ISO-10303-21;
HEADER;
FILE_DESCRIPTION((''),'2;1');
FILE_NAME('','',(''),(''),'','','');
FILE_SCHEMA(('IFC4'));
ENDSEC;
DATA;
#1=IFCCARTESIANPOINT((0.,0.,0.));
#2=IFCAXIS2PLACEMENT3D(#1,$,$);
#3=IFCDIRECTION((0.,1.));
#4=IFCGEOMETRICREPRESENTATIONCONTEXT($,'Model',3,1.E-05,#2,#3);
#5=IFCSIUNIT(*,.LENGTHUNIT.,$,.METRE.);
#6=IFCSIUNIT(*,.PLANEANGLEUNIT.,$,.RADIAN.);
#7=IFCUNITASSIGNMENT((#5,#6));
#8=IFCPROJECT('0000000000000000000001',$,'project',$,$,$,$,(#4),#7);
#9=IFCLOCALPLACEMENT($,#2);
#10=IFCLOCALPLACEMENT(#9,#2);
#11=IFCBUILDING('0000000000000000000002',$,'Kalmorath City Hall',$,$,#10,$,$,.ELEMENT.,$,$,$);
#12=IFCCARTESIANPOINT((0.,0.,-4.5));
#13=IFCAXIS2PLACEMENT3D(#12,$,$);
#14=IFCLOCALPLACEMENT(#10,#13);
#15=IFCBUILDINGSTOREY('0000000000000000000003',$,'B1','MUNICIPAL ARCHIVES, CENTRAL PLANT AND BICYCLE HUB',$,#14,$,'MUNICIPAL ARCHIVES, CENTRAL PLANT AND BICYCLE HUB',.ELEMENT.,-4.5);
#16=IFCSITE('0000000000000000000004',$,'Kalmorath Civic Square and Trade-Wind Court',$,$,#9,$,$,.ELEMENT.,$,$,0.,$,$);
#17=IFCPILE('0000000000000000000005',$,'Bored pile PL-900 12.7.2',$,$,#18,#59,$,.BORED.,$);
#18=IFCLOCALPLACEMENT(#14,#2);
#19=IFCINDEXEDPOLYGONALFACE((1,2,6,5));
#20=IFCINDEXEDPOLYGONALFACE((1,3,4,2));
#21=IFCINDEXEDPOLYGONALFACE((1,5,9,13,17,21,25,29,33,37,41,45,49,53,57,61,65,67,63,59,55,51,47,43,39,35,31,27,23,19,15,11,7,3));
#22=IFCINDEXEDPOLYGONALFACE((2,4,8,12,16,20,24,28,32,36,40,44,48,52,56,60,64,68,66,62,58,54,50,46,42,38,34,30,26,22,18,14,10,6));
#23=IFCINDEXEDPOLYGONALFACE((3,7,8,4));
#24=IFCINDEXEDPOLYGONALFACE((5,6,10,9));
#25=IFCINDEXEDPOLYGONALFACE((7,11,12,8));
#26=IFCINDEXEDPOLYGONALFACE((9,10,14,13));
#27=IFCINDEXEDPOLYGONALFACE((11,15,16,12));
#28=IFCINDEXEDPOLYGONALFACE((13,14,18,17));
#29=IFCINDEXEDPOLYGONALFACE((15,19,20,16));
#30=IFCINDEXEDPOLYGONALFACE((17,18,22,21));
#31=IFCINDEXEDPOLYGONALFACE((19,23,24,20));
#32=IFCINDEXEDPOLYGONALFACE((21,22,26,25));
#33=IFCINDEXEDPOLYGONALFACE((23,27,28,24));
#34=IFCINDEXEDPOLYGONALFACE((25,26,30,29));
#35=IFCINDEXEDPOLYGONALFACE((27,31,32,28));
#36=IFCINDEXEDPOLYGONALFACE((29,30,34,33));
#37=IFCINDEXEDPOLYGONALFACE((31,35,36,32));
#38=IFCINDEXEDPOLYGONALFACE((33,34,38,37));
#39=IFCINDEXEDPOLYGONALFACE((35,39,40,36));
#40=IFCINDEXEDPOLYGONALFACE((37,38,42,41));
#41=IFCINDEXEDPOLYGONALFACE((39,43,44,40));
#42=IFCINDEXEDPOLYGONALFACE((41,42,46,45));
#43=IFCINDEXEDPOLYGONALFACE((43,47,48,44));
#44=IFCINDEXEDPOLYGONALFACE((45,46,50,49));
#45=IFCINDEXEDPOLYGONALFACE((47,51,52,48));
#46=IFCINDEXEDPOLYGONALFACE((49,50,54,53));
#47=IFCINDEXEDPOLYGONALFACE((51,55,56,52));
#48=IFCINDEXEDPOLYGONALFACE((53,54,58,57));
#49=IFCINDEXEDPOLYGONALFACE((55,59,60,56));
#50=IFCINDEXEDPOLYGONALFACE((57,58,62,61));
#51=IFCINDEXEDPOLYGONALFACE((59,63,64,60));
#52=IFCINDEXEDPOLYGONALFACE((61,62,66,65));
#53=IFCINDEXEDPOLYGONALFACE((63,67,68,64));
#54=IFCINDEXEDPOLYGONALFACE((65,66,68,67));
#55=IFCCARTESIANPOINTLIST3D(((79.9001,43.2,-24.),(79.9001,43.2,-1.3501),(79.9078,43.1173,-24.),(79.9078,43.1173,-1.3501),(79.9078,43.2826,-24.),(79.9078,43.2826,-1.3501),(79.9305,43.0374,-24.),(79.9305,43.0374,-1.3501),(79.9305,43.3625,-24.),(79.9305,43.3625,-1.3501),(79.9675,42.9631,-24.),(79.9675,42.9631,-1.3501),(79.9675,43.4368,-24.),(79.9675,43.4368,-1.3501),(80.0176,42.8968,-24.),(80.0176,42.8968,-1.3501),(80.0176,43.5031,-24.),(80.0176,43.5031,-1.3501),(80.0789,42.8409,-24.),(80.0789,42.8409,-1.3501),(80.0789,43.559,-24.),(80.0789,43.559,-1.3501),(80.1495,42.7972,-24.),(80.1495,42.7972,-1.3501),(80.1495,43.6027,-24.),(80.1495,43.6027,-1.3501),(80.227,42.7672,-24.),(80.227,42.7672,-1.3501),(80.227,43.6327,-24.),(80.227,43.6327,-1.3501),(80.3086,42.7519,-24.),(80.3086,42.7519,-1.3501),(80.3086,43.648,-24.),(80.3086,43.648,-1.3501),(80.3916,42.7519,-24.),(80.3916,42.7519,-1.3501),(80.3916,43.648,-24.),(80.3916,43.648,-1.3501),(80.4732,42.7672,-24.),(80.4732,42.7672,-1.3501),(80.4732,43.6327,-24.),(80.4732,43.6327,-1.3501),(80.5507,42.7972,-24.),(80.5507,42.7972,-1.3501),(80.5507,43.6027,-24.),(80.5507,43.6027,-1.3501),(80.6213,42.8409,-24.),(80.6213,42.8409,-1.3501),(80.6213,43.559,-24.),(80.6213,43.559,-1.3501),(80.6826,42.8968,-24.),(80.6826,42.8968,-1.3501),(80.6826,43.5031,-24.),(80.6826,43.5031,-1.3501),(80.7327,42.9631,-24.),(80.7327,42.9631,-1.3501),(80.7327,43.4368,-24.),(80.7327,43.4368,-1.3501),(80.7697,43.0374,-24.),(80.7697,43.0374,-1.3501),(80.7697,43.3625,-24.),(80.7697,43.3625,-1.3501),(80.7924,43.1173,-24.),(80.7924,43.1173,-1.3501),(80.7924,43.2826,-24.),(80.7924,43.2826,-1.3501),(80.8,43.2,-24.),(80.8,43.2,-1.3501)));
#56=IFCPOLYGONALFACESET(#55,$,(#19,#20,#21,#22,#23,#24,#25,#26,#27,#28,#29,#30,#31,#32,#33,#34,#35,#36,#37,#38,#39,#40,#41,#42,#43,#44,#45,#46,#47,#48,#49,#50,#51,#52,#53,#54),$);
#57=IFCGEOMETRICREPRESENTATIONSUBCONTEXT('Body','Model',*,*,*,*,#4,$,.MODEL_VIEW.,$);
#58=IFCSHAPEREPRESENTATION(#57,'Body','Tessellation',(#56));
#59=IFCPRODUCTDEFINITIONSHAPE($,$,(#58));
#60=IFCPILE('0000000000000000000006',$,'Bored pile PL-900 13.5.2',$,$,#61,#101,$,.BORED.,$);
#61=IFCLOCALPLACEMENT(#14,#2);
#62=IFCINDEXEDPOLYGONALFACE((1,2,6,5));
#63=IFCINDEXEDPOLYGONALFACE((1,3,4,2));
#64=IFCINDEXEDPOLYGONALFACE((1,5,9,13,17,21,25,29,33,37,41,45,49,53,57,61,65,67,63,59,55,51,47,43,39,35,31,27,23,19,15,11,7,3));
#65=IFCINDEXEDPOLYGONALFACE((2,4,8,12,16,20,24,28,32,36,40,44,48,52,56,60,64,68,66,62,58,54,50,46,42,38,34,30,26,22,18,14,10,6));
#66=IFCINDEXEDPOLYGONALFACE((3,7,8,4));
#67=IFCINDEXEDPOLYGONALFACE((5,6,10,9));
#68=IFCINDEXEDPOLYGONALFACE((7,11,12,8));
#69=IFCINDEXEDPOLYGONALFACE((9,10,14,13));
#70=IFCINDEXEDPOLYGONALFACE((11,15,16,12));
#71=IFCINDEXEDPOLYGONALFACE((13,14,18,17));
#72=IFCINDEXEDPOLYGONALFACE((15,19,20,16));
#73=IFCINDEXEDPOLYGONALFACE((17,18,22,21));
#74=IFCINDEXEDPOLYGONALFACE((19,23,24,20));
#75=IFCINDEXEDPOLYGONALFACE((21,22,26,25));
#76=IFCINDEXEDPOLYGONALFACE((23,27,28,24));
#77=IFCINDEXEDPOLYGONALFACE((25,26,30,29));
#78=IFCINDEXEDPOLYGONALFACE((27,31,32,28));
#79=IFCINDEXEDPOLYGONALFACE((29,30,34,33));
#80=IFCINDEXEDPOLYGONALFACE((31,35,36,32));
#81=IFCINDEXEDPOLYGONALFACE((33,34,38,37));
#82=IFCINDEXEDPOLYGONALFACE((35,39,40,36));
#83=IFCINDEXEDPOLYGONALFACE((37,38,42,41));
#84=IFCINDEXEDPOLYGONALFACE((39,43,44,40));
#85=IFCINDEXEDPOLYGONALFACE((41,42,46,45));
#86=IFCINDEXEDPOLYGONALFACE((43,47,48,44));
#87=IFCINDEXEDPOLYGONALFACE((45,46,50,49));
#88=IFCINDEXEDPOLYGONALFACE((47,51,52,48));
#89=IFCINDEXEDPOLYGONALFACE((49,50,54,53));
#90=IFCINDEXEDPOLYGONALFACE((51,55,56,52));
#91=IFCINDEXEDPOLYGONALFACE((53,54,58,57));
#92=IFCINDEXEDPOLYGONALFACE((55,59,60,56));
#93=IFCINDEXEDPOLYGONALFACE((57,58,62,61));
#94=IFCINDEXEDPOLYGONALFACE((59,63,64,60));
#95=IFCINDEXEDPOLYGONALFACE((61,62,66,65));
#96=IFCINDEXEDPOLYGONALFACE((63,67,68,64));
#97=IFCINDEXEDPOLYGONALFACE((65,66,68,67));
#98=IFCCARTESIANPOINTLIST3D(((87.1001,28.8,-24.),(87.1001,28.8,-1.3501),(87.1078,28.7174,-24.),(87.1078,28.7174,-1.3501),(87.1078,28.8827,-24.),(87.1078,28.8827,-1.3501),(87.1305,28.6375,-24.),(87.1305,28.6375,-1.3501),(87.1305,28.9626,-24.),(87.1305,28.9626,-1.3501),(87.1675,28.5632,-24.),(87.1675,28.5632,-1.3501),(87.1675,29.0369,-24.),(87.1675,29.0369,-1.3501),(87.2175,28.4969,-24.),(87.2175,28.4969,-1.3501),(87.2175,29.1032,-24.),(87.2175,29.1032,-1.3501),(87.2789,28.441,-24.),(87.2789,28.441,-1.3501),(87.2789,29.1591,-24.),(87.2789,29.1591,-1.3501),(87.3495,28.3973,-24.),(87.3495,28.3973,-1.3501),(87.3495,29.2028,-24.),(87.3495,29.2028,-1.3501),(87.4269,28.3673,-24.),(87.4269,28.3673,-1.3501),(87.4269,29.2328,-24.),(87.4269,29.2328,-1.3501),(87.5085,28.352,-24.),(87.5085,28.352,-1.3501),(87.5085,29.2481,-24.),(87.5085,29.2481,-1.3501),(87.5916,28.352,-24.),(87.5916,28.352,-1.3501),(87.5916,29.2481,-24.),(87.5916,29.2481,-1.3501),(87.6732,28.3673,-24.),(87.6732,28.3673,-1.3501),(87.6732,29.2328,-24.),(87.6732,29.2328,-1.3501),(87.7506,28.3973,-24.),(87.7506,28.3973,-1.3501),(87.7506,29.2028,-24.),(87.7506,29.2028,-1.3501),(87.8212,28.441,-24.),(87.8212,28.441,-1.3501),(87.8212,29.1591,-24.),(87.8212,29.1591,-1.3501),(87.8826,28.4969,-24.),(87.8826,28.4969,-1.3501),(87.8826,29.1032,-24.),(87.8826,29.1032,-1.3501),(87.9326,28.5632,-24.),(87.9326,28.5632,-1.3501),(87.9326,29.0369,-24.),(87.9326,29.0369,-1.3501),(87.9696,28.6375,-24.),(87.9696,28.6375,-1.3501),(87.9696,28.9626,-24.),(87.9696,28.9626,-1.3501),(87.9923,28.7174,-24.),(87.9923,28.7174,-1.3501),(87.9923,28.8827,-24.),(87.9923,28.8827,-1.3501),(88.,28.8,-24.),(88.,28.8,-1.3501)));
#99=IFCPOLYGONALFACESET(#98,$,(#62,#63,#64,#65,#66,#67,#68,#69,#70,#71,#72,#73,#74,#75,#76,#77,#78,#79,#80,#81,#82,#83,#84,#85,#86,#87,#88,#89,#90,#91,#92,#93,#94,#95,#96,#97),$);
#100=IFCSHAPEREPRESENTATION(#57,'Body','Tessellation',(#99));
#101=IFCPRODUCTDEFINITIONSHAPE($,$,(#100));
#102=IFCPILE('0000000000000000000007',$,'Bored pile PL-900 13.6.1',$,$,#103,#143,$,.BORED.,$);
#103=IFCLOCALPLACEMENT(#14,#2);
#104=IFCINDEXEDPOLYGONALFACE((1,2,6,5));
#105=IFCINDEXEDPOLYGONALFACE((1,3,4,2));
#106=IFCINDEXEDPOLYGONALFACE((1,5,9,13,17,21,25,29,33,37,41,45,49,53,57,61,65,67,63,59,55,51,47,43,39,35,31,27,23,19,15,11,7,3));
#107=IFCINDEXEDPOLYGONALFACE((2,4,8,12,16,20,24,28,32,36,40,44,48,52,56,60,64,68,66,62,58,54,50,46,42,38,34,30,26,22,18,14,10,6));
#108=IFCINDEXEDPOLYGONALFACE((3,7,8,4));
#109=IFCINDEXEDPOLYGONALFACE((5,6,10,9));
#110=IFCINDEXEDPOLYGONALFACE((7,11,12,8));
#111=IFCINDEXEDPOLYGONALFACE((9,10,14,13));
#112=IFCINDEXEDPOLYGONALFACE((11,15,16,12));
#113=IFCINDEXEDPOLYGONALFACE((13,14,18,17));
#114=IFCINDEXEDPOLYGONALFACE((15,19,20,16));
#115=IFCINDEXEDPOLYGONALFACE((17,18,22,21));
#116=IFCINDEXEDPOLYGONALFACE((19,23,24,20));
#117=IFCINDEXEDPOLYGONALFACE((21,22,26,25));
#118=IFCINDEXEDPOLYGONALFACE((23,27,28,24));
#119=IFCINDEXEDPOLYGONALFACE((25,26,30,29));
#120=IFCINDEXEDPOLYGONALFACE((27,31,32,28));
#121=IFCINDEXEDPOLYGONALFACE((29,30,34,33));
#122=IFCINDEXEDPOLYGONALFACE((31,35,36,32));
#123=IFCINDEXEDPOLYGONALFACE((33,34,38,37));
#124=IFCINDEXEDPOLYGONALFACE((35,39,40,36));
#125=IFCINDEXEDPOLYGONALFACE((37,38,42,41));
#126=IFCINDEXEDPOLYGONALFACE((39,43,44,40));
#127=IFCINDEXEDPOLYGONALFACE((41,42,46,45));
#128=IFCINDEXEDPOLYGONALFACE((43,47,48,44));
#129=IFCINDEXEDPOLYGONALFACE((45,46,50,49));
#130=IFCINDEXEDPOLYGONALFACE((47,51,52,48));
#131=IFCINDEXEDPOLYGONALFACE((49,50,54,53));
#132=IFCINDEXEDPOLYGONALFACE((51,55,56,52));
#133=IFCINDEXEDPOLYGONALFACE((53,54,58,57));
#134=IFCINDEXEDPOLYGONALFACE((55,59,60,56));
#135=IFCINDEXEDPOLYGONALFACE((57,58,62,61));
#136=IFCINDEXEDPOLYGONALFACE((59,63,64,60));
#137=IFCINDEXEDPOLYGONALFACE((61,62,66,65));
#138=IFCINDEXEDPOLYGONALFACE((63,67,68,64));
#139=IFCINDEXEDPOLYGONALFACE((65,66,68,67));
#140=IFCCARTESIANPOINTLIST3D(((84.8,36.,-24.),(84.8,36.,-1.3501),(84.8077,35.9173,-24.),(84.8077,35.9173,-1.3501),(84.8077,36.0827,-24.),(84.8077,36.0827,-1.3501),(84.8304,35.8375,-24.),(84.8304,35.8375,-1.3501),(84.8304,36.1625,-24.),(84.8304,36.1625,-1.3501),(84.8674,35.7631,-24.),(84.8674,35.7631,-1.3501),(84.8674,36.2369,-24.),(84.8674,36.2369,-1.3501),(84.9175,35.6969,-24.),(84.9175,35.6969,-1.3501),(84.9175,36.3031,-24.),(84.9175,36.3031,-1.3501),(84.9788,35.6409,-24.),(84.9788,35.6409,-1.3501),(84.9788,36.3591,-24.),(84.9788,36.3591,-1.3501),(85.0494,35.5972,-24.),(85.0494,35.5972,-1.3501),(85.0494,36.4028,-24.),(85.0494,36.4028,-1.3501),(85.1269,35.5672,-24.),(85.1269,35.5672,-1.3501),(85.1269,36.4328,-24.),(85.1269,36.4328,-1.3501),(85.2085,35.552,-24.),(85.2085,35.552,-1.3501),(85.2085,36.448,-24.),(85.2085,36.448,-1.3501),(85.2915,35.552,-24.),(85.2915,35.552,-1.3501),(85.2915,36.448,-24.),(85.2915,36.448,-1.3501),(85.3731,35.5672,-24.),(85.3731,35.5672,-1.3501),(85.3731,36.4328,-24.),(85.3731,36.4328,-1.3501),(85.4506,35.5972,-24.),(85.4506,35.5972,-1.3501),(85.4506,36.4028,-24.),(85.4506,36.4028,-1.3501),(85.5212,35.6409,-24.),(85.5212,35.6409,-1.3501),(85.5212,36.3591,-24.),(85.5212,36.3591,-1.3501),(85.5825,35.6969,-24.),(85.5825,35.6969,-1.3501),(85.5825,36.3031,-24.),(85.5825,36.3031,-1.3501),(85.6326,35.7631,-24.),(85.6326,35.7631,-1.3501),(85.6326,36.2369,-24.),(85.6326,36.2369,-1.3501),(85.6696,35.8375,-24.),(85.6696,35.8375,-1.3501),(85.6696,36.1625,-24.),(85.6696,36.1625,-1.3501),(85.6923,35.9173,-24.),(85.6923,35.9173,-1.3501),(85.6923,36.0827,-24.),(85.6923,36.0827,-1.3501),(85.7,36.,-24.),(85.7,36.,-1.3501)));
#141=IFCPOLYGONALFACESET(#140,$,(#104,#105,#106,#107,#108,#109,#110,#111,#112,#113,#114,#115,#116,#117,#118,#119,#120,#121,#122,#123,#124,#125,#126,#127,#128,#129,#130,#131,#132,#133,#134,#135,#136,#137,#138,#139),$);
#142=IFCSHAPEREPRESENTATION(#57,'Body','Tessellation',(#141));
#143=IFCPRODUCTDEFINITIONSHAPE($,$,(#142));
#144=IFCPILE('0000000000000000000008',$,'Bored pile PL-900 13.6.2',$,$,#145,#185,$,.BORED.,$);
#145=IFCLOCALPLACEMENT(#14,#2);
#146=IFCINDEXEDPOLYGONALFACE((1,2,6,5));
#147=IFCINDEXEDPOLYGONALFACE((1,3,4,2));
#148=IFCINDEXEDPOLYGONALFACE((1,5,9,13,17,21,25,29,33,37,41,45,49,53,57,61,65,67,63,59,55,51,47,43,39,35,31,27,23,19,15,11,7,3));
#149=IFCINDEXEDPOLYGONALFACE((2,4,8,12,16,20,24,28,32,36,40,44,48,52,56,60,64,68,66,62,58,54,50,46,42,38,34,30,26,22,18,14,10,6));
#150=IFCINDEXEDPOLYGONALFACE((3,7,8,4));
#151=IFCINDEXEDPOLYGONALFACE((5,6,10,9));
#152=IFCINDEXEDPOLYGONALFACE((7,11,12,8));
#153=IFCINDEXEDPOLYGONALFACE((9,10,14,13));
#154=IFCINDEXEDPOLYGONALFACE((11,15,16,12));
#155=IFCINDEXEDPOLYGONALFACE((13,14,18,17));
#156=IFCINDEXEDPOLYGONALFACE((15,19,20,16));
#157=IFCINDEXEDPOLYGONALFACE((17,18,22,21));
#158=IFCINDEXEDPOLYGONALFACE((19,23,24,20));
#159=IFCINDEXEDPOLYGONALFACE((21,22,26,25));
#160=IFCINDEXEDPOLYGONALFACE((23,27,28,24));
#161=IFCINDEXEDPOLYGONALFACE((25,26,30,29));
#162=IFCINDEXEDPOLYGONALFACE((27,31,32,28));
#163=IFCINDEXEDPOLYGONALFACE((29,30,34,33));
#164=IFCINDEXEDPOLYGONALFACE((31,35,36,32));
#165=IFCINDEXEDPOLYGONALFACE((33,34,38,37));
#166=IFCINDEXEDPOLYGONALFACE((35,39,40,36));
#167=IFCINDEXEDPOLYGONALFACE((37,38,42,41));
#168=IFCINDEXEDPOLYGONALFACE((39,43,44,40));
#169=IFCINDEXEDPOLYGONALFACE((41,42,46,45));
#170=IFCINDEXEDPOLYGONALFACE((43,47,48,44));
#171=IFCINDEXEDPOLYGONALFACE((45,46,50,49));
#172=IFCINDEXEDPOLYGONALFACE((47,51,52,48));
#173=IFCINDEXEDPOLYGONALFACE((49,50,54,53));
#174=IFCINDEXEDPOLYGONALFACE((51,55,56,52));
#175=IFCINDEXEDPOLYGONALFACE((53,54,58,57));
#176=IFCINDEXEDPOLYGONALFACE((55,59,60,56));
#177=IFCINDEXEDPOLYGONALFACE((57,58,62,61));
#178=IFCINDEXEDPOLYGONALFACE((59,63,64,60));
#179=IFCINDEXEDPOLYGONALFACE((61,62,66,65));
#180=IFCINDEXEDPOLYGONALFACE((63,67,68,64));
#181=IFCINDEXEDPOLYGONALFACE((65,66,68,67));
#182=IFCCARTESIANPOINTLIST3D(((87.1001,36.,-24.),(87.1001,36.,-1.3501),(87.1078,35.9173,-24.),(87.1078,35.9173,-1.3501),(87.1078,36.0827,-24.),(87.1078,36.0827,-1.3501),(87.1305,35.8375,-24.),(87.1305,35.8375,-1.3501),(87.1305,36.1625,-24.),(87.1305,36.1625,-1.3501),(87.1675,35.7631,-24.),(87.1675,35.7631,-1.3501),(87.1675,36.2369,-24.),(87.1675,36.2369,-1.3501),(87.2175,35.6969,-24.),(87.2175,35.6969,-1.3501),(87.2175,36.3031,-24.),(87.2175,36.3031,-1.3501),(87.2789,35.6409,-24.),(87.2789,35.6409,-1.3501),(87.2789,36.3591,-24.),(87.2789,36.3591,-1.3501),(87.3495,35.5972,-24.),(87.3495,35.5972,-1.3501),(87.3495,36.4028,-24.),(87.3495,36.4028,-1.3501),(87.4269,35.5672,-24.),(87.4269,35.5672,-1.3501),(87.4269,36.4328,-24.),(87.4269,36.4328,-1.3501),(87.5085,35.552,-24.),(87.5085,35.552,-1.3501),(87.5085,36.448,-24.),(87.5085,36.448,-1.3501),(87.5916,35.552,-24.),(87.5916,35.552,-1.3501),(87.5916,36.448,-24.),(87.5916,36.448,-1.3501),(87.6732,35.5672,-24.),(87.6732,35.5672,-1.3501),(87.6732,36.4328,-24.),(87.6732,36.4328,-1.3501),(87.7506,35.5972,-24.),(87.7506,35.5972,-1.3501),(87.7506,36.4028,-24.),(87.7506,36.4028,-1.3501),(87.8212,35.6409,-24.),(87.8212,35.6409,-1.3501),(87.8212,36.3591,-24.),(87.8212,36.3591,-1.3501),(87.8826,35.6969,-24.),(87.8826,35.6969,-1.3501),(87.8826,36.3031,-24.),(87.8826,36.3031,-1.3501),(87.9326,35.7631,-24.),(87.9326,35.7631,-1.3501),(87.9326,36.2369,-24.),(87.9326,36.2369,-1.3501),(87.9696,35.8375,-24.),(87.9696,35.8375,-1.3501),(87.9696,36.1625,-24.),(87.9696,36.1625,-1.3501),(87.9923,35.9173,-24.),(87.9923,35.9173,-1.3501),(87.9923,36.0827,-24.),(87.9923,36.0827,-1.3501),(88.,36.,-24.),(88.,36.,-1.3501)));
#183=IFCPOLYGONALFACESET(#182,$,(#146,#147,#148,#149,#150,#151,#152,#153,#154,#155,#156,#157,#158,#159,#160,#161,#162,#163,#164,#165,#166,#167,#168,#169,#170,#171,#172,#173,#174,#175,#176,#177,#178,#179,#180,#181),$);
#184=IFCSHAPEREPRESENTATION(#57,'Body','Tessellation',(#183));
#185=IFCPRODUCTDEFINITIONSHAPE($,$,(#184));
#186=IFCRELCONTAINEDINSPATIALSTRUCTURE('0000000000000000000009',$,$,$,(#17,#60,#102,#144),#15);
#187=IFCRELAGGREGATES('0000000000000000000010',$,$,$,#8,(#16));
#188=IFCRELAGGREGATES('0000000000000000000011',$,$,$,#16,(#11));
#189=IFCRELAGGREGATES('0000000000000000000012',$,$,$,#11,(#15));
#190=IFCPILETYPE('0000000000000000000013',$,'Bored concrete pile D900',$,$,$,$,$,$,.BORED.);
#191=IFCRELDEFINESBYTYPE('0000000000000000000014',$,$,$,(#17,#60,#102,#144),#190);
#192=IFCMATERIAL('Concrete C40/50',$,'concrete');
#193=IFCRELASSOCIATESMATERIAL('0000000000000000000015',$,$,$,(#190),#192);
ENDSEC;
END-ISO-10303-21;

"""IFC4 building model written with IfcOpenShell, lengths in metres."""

from ifc_helpers import new_model, si_unit, direction, frame, origin, origin_2d, place, context, subcontext, project, spatial, circle, extrude, material, material_profile, profile_set, type_object, element, save


model = new_model("IFC4")

# Units and contexts
model_context = context("Model", 3, precision=1e-05, world=origin(), true_north=direction((0.0, 1.0)))
body_context = subcontext(model_context, "Body", "Model", "MODEL_VIEW")
ifc_project = project(units=[si_unit("LENGTHUNIT", "METRE"), si_unit("PLANEANGLEUNIT", "RADIAN")], contexts=[model_context])

# Site, building, storey
site_placement = place(None, origin())
site = spatial("IfcSite", under=ifc_project, at=site_placement, Name="Kalmorath Civic Square and Trade-Wind Court", CompositionType="ELEMENT", RefElevation=0.0)
building_placement = place(site_placement, origin())
building = spatial("IfcBuilding", under=site, at=building_placement, Name="Kalmorath City Hall", CompositionType="ELEMENT")
storey_placement = place(building_placement, frame((0.0, 0.0, -4.5)))
storey = spatial("IfcBuildingStorey", under=building, at=storey_placement, Name="B1", Description="MUNICIPAL ARCHIVES, CENTRAL PLANT AND BICYCLE HUB", LongName="MUNICIPAL ARCHIVES, CENTRAL PLANT AND BICYCLE HUB", CompositionType="ELEMENT", Elevation=-4.5)

# Piles
ifc_material_1 = material(Name="Concrete C40/50", Category="concrete")
ifc_material_profile_1 = material_profile(ifc_material_1, circle(Radius=0.45, at=origin_2d()), Name="PILE-D900")
ifc_profile_set_1 = profile_set([ifc_material_profile_1], Name="Concrete C40/50")
pile_type = type_object("IfcPileType", Name="Bored concrete pile D900", PredefinedType="BORED", material=ifc_profile_set_1)
for number, where, z_axis, x_axis, name in (
    (1, (80.3501, 43.2, -1.3501), (0.0, 0.0, -1.0), (1.0, 0.0, 0.0), "Bored pile PL-900 12.7.2"),
    (2, (87.55, 28.8, -1.3501), (0.0, 0.0, -1.0), (1.0, 0.0, 0.0), "Bored pile PL-900 13.5.2"),
    (3, (85.25, 36.0, -1.3501), (0.0, 0.0, -1.0), (1.0, 0.0, 0.0), "Bored pile PL-900 13.6.1"),
    (4, (87.55, 36.0, -1.3501), (0.0, 0.0, -1.0), (1.0, 0.0, 0.0), "Bored pile PL-900 13.6.2"),
):
    element("IfcPile", number, at=place(storey_placement, frame(where, z_axis=z_axis, x_axis=x_axis)), inside=storey, type_object=pile_type, Name=name, PredefinedType="BORED", context=body_context, shape_type="SweptSolid", body=[
        extrude(circle(Radius=0.45, at=origin_2d()), origin(), (0.0, 0.0, 1.0), 22.6499),
    ])

save(model, "model.ifc")
